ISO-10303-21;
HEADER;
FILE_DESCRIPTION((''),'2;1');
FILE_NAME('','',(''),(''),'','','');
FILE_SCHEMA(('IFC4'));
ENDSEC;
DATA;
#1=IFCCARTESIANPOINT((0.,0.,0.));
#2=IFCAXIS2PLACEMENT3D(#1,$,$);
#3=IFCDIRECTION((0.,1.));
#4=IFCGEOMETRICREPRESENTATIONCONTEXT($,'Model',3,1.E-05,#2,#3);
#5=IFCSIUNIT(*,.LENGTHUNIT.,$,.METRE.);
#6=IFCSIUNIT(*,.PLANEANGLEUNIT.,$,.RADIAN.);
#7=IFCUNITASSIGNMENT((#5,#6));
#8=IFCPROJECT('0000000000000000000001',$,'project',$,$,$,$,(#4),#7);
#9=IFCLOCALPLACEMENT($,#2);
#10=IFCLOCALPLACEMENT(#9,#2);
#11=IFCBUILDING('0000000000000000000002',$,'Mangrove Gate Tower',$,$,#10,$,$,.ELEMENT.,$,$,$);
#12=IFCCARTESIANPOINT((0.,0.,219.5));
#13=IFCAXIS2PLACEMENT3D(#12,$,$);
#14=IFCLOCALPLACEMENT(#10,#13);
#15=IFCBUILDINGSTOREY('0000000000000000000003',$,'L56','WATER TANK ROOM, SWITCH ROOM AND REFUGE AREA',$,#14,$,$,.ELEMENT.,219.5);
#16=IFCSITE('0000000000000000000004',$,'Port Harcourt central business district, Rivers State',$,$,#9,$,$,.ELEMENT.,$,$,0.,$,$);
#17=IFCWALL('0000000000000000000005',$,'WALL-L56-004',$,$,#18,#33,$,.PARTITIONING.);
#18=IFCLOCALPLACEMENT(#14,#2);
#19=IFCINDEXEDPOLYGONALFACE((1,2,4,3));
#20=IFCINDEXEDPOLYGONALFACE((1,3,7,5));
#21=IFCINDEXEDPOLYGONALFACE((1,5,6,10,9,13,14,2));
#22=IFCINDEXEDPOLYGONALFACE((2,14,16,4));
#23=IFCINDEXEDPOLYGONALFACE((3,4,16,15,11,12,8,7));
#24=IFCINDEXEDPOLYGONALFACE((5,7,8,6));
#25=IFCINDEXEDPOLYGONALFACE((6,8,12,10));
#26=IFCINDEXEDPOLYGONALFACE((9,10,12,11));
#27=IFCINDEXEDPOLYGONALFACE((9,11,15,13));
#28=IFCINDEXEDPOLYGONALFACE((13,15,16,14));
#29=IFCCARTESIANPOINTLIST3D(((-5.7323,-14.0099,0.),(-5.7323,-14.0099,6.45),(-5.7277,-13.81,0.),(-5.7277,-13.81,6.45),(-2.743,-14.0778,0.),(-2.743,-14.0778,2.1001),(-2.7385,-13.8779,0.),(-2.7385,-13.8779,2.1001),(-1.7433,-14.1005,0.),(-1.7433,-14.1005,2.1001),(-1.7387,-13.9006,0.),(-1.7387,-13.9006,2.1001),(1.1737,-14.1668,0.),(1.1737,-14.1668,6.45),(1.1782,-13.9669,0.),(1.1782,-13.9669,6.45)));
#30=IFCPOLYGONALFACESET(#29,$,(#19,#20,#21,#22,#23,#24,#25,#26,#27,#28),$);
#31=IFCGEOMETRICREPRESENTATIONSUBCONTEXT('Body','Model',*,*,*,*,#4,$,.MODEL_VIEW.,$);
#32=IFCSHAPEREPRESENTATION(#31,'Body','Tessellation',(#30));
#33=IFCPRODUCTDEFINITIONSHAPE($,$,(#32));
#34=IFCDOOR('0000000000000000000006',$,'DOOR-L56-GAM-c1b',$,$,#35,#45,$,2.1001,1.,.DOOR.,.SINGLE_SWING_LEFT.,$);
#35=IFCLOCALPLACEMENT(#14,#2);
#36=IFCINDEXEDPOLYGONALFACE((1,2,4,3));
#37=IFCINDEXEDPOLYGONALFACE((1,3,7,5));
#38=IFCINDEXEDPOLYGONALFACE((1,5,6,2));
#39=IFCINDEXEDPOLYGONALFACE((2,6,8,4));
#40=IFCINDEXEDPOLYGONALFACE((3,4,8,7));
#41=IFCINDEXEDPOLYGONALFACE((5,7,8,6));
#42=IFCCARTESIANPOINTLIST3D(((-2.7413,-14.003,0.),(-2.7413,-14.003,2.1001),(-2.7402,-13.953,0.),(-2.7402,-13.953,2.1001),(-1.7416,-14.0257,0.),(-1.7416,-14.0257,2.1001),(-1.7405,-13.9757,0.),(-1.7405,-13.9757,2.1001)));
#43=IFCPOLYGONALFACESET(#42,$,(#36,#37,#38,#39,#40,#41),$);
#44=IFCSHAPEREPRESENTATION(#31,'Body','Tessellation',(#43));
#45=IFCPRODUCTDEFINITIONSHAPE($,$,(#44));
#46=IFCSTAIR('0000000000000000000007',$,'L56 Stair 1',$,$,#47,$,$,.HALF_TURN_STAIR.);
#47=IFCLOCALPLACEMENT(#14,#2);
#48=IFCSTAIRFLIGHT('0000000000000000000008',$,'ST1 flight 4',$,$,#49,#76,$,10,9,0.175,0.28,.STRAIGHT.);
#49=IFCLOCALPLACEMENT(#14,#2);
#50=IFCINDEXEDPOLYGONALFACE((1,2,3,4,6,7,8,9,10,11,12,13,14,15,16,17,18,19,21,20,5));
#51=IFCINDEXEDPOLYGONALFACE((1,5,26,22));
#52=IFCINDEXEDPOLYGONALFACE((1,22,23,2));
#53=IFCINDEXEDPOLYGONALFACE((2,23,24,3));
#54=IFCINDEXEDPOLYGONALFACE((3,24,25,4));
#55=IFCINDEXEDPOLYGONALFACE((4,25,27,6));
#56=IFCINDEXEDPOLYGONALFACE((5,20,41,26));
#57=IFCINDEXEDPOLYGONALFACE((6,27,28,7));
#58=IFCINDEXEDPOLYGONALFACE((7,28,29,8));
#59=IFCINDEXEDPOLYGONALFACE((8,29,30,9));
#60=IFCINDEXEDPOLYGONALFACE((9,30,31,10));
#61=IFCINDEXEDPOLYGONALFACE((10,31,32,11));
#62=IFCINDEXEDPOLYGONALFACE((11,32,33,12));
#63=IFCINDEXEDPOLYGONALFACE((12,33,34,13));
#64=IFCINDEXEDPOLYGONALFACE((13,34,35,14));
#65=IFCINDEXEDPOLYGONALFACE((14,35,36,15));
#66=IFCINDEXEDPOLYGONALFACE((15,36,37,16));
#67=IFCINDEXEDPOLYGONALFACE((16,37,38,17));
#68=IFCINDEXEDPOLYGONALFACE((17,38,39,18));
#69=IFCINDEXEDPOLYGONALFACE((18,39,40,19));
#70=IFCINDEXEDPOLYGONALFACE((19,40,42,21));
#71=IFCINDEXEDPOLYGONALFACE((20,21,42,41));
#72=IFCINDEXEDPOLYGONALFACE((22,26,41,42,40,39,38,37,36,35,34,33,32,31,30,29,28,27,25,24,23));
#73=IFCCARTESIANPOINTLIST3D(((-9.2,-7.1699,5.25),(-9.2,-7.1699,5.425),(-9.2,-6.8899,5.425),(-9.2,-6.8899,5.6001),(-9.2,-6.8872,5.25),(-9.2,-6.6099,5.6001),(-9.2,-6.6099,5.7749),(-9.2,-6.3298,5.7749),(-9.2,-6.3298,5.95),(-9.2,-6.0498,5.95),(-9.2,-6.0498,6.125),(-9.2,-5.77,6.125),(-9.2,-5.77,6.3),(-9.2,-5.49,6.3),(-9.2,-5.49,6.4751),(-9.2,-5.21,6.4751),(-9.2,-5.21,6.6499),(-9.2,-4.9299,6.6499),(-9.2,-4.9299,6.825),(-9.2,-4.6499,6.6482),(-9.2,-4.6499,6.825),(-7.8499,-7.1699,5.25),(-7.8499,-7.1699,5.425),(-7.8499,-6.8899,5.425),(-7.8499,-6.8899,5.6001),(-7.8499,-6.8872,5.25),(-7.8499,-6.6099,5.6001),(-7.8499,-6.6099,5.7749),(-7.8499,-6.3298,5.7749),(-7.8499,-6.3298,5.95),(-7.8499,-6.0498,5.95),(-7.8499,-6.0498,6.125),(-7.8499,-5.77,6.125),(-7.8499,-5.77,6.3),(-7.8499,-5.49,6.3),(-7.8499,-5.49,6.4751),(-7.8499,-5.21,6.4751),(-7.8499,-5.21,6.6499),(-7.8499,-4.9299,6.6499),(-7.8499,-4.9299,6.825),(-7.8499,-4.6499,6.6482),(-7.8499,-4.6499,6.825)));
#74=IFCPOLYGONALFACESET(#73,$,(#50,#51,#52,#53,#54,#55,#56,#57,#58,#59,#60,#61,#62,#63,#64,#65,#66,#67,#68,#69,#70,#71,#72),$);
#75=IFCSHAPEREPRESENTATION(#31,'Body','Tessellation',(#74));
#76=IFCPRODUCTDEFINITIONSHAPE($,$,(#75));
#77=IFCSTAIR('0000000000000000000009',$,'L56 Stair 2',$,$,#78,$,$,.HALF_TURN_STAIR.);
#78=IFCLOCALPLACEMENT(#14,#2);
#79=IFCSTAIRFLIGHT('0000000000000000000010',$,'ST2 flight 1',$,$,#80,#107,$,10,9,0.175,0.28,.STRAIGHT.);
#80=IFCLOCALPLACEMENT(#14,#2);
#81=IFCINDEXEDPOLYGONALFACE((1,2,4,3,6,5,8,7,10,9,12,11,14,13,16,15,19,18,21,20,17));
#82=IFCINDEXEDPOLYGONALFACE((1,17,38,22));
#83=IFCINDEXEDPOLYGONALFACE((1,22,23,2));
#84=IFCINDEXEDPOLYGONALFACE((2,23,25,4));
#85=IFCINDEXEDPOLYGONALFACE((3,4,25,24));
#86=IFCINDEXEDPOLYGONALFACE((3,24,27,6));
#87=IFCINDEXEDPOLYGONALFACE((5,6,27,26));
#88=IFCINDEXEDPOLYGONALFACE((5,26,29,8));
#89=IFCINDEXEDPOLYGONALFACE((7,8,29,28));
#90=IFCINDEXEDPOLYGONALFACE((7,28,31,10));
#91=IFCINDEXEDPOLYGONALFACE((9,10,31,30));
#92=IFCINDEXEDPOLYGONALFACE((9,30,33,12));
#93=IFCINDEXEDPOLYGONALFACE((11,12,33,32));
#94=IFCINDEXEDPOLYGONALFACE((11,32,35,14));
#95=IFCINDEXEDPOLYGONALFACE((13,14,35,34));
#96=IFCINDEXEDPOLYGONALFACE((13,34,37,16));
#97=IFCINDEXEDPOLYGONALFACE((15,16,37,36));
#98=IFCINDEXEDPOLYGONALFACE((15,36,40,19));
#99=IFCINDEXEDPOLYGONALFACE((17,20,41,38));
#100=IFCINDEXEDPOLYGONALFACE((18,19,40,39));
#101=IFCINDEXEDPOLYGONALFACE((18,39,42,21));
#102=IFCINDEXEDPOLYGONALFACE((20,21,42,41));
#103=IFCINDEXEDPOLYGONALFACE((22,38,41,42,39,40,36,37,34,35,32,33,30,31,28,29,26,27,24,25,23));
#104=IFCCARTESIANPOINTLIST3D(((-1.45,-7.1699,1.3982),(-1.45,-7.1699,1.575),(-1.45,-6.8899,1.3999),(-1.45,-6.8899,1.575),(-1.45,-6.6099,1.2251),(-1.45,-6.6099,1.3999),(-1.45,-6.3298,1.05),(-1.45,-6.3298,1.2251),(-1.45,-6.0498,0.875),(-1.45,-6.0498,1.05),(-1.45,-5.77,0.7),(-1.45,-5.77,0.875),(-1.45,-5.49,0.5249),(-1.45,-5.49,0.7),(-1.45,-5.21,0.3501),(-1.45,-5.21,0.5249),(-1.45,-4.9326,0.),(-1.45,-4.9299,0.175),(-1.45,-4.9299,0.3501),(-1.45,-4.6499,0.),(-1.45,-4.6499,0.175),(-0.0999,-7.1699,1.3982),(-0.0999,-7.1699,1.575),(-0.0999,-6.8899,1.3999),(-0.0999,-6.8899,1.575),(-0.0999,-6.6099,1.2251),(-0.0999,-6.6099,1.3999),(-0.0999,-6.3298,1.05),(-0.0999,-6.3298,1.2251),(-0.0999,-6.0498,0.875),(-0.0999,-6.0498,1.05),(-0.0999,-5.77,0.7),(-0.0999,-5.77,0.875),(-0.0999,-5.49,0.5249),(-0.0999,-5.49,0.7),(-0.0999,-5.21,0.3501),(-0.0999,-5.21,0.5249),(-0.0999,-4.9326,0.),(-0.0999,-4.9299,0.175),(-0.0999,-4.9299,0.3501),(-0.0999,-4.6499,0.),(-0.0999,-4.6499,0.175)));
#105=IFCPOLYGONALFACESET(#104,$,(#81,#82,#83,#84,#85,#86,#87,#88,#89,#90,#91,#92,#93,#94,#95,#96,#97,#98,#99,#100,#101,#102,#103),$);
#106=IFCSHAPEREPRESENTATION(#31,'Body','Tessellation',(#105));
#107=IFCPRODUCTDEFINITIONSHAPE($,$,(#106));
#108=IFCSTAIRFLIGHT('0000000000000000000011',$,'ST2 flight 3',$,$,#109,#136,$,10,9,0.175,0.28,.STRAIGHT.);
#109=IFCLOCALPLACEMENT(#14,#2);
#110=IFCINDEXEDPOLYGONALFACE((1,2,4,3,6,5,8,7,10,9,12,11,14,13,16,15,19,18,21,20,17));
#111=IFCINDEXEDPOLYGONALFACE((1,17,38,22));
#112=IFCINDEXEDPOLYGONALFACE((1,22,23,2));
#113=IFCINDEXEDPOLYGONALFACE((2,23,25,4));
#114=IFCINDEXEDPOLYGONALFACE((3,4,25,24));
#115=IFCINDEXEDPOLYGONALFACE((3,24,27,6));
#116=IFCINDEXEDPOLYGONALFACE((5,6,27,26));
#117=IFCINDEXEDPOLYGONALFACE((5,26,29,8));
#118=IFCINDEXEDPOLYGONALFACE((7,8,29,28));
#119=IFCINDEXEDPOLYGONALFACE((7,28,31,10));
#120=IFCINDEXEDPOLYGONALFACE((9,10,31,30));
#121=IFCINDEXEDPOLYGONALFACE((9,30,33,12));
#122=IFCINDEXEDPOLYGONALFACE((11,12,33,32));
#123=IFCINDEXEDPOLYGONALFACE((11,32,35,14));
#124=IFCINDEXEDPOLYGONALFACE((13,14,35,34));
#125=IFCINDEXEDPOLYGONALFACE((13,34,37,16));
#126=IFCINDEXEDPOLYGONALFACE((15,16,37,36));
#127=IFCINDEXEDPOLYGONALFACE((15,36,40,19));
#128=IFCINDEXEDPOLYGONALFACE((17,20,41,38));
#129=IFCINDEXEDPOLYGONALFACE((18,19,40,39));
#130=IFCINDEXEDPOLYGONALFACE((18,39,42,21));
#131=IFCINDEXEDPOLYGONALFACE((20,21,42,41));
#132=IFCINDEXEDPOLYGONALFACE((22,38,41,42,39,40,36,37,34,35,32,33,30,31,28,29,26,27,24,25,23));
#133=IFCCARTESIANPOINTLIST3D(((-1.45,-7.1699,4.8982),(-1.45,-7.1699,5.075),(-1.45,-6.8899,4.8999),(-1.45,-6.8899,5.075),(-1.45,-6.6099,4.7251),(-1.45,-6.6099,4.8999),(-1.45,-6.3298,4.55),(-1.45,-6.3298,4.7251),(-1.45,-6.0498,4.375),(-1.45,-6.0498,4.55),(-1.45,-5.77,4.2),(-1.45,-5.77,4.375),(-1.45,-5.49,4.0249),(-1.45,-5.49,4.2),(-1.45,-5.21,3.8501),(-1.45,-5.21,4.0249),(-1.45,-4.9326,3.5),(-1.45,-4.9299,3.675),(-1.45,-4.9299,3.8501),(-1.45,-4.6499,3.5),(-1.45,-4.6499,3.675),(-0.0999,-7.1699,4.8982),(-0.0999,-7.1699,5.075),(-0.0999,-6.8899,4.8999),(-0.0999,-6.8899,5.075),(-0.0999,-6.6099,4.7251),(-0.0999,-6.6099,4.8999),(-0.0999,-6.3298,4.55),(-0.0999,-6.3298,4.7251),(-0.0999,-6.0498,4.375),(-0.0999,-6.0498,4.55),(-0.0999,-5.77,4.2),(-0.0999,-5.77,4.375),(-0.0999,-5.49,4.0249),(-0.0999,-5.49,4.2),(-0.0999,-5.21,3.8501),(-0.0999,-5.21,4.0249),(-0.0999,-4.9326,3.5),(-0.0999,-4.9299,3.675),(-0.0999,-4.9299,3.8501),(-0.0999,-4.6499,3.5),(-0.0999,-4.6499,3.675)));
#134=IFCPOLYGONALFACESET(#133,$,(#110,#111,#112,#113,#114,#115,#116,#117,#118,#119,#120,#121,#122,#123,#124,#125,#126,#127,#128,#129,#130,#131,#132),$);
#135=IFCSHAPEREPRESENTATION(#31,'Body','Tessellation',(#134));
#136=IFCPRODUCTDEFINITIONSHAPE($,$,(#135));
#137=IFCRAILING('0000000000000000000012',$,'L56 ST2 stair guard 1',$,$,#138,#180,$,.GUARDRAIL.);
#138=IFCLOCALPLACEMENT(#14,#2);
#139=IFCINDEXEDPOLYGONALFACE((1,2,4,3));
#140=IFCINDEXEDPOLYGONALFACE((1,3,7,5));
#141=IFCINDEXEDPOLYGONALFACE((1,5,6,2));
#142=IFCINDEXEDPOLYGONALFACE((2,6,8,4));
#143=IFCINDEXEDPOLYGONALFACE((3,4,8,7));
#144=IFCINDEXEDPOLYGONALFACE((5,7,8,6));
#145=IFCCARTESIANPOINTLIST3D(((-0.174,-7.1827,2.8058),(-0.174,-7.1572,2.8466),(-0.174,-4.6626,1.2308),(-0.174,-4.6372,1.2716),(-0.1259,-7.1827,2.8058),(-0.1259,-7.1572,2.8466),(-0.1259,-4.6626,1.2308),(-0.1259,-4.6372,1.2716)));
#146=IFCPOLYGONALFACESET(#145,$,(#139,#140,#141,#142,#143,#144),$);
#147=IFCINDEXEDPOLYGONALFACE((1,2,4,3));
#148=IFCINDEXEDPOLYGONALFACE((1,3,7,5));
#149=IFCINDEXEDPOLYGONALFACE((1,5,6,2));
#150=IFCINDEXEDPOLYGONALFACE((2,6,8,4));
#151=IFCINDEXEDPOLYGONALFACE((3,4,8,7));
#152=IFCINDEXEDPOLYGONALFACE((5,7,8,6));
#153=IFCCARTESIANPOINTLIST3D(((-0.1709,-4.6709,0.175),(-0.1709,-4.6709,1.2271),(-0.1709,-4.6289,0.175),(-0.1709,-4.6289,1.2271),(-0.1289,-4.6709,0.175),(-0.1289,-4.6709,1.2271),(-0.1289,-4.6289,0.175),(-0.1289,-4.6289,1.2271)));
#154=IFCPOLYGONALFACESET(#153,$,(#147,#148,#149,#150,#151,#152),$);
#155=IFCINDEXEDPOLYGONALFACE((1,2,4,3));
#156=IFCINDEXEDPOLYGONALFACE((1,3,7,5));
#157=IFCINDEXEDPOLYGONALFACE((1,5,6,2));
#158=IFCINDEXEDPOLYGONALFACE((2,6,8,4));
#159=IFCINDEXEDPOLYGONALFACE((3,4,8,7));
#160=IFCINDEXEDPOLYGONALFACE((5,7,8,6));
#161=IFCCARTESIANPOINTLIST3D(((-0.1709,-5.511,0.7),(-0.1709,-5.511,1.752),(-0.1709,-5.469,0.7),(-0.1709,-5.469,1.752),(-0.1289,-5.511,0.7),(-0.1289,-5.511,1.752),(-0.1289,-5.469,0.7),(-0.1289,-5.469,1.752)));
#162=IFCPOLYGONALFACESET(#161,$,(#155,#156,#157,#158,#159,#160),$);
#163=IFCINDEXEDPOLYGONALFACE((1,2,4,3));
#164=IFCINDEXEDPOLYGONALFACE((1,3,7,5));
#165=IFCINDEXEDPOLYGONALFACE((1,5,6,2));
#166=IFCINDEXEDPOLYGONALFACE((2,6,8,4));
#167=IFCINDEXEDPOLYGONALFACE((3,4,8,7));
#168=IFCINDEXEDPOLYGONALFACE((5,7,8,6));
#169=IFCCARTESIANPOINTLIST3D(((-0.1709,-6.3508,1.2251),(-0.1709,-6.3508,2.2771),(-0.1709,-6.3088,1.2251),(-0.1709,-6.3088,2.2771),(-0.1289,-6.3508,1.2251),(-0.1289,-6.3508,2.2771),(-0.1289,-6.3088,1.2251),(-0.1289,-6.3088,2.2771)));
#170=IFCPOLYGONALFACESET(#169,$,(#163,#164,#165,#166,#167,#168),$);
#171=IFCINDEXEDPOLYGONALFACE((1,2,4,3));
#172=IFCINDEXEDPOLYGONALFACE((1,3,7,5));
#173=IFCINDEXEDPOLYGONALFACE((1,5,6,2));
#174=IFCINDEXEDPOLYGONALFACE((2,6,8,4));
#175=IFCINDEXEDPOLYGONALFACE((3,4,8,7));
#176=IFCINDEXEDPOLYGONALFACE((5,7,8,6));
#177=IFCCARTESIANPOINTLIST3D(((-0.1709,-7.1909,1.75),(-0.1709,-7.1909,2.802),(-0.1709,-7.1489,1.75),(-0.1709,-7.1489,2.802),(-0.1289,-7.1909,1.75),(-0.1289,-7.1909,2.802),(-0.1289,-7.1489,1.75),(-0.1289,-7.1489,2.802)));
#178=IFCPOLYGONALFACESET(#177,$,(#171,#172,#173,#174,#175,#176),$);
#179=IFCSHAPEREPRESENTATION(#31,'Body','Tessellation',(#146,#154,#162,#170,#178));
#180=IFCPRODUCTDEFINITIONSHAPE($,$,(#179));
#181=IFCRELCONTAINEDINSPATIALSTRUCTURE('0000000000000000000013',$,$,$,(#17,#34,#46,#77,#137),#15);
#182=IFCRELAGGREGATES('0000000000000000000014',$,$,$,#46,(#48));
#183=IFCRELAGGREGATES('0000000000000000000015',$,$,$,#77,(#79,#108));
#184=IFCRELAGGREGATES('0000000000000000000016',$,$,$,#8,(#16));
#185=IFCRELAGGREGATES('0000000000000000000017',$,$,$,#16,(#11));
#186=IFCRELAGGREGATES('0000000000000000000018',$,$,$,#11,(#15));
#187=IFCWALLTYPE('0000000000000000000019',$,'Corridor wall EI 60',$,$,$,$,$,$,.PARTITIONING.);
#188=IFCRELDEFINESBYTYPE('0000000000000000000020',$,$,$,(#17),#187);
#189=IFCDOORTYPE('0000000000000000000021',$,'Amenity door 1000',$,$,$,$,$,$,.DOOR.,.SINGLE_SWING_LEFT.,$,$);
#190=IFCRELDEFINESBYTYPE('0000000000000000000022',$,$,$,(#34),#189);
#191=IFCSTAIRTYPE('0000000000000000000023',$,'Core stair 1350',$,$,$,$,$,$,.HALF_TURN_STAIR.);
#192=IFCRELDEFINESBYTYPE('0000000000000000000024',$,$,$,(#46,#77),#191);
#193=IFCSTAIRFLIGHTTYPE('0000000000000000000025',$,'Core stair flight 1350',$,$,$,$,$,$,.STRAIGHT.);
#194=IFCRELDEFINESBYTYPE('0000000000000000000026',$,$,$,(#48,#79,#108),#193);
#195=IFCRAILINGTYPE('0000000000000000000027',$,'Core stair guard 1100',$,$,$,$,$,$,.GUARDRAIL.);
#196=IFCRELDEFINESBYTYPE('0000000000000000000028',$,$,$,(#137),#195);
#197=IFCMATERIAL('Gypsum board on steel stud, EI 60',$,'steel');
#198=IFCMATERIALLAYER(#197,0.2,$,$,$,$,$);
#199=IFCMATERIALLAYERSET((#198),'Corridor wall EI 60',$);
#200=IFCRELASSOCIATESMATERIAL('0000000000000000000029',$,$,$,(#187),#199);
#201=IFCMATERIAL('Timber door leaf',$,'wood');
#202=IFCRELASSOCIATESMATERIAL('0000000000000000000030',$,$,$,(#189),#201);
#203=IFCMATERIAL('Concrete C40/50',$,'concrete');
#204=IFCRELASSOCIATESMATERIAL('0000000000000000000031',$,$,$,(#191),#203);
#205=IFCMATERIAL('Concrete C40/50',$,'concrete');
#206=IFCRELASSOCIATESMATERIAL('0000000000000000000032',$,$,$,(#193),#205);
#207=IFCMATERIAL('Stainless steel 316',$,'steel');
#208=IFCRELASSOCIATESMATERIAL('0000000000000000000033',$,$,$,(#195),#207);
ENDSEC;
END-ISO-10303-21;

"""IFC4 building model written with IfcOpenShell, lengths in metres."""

from ifc_helpers import new_model, si_unit, direction, frame, frame_2d, origin, origin_2d, place, context, subcontext, project, spatial, polyline, rectangle, outline, extrude, material, layer, layer_set, type_object, element, fill, aggregate, save


model = new_model("IFC4")

# Units and contexts
model_context = context("Model", 3, precision=1e-05, world=origin(), true_north=direction((0.0, 1.0)))
body_context = subcontext(model_context, "Body", "Model", "MODEL_VIEW")
ifc_project = project(units=[si_unit("LENGTHUNIT", "METRE"), si_unit("PLANEANGLEUNIT", "RADIAN")], contexts=[model_context])

# Site, building, storey
site_placement = place(None, origin())
site = spatial("IfcSite", under=ifc_project, at=site_placement, Name="Port Harcourt central business district, Rivers State", CompositionType="ELEMENT", RefElevation=0.0)
building_placement = place(site_placement, origin())
building = spatial("IfcBuilding", under=site, at=building_placement, Name="Mangrove Gate Tower", CompositionType="ELEMENT")
storey_placement = place(building_placement, frame((0.0, 0.0, 219.5)))
storey = spatial("IfcBuildingStorey", under=building, at=storey_placement, Name="L56", Description="WATER TANK ROOM, SWITCH ROOM AND REFUGE AREA", CompositionType="ELEMENT", Elevation=219.5)

# Wall, opening, door
ifc_material_1 = material(Name="Gypsum board on steel stud, EI 60", Category="steel")
ifc_layer_1 = layer(ifc_material_1, 0.2)
ifc_layer_set_1 = layer_set([ifc_layer_1], Name="Corridor wall EI 60")
wall_type_1 = type_object("IfcWallType", Name="Corridor wall EI 60", PredefinedType="PARTITIONING", material=ifc_layer_set_1)
wall_1_placement = place(storey_placement, frame((-5.73, -13.9099, 0.0), z_axis=(0.0, 0.0, 1.0), x_axis=(0.999742, -0.022725, 0.0)))
wall_1 = element("IfcWall", 1, at=wall_1_placement, inside=storey, type_object=wall_type_1, Name="WALL-L56-004", PredefinedType="PARTITIONING", context=body_context, shape_type="SweptSolid", body=[
    extrude(rectangle(XDim=6.9077, YDim=0.2, at=frame_2d((3.4539, 0.0))), origin(), (0.0, 0.0, 1.0), 6.45),
])
opening_1_placement = place(wall_1_placement, frame((2.99, 0.0, 0.0)))
opening_1 = element("IfcOpeningElement", 2, at=opening_1_placement, cuts=wall_1, PredefinedType="OPENING", context=body_context, shape_type="SweptSolid", body=[
    extrude(rectangle(XDim=1.0, YDim=2.1001, at=frame_2d((0.5, 1.05))), frame((0.0, 0.1099, 0.0), z_axis=(0.0, -1.0, 0.0), x_axis=(1.0, 0.0, 0.0)), (0.0, 0.0, 1.0), 0.22),
])
ifc_material_2 = material(Name="Timber door leaf", Category="wood")
door_type_1 = type_object("IfcDoorType", Name="Amenity door 1000", OperationType="SINGLE_SWING_LEFT", PredefinedType="DOOR", material=ifc_material_2)
door_1_placement = place(opening_1_placement, origin())
door_1 = element("IfcDoor", 3, at=door_1_placement, inside=storey, type_object=door_type_1, Name="DOOR-L56-GAM-c1b", OperationType="SINGLE_SWING_LEFT", OverallHeight=2.1001, OverallWidth=1.0, PredefinedType="DOOR", context=body_context, shape_type="SweptSolid", body=[
    extrude(rectangle(XDim=1.0, YDim=2.1001, at=frame_2d((0.5, 1.05))), frame((0.0, 0.0249, 0.0), z_axis=(0.0, -1.0, 0.0), x_axis=(1.0, 0.0, 0.0)), (0.0, 0.0, 1.0), 0.05),
])
fill(opening_1, door_1)

# Stair, stair flight
ifc_material_3 = material(Name="Concrete C40/50", Category="concrete")
stair_type = type_object("IfcStairType", Name="Core stair 1350", PredefinedType="HALF_TURN_STAIR", material=ifc_material_3)
stair_1_placement = place(storey_placement, origin())
stair_1 = element("IfcStair", 4, at=stair_1_placement, inside=storey, type_object=stair_type, Name="L56 Stair 1", PredefinedType="HALF_TURN_STAIR")
ifc_material_4 = material(Name="Concrete C40/50", Category="concrete")
stair_flight_type = type_object("IfcStairFlightType", Name="Core stair flight 1350", PredefinedType="STRAIGHT", material=ifc_material_4)
stair_flight_1_placement = place(storey_placement, frame((-8.5249, -7.1699, 5.25), z_axis=(0.0, 0.0, 1.0), x_axis=(0.0, 1.0, 0.0)))
stair_flight_1 = element("IfcStairFlight", 5, at=stair_flight_1_placement, type_object=stair_flight_type, Name="ST1 flight 4", NumberOfRisers=10, NumberOfTreads=9, PredefinedType="STRAIGHT", RiserHeight=0.175, TreadLength=0.28, context=body_context, shape_type="SweptSolid", body=[
    extrude(outline(polyline([(0.0, 0.0), (0.0, 0.175), (0.28, 0.175), (0.28, 0.3501), (0.5601, 0.3501), (0.5601, 0.5249), (0.8401, 0.5249), (0.8401, 0.7), (1.1201, 0.7), (1.1201, 0.875), (1.3999, 0.875), (1.3999, 1.05), (1.6799, 1.05), (1.6799, 1.2251), (1.96, 1.2251), (1.96, 1.3999), (2.24, 1.3999), (2.24, 1.575), (2.52, 1.575), (2.52, 1.75), (2.52, 1.3982), (0.2827, 0.0), (0.0, 0.0)])), frame((0.0, 0.675, 0.0), z_axis=(0.0, -1.0, 0.0), x_axis=(1.0, 0.0, 0.0)), (0.0, 0.0, 1.0), 1.3501),
])
aggregate(stair_1, [stair_flight_1])

# Stair, stair flights
stair_2_placement = place(storey_placement, origin())
stair_2 = element("IfcStair", 6, at=stair_2_placement, inside=storey, type_object=stair_type, Name="L56 Stair 2", PredefinedType="HALF_TURN_STAIR")
stair_flight_2_placement = place(storey_placement, frame((-0.7749, -4.6499, 0.0), z_axis=(0.0, 0.0, 1.0), x_axis=(0.0, -1.0, 0.0)))
stair_flight_2 = element("IfcStairFlight", 7, at=stair_flight_2_placement, type_object=stair_flight_type, Name="ST2 flight 1", NumberOfRisers=10, NumberOfTreads=9, PredefinedType="STRAIGHT", RiserHeight=0.175, TreadLength=0.28, context=body_context, shape_type="SweptSolid", body=[
    extrude(outline(polyline([(0.0, 0.0), (0.0, 0.175), (0.28, 0.175), (0.28, 0.3501), (0.5601, 0.3501), (0.5601, 0.5249), (0.8401, 0.5249), (0.8401, 0.7), (1.1201, 0.7), (1.1201, 0.875), (1.3999, 0.875), (1.3999, 1.05), (1.6799, 1.05), (1.6799, 1.2251), (1.96, 1.2251), (1.96, 1.3999), (2.24, 1.3999), (2.24, 1.575), (2.52, 1.575), (2.52, 1.75), (2.52, 1.3982), (0.2827, 0.0), (0.0, 0.0)])), frame((0.0, 0.675, 0.0), z_axis=(0.0, -1.0, 0.0), x_axis=(1.0, 0.0, 0.0)), (0.0, 0.0, 1.0), 1.3501),
])
stair_flight_3_placement = place(storey_placement, frame((-0.7749, -4.6499, 3.5), z_axis=(0.0, 0.0, 1.0), x_axis=(0.0, -1.0, 0.0)))
stair_flight_3 = element("IfcStairFlight", 8, at=stair_flight_3_placement, type_object=stair_flight_type, Name="ST2 flight 3", NumberOfRisers=10, NumberOfTreads=9, PredefinedType="STRAIGHT", RiserHeight=0.175, TreadLength=0.28, context=body_context, shape_type="SweptSolid", body=[
    extrude(outline(polyline([(0.0, 0.0), (0.0, 0.175), (0.28, 0.175), (0.28, 0.3501), (0.5601, 0.3501), (0.5601, 0.5249), (0.8401, 0.5249), (0.8401, 0.7), (1.1201, 0.7), (1.1201, 0.875), (1.3999, 0.875), (1.3999, 1.05), (1.6799, 1.05), (1.6799, 1.2251), (1.96, 1.2251), (1.96, 1.3999), (2.24, 1.3999), (2.24, 1.575), (2.52, 1.575), (2.52, 1.75), (2.52, 1.3982), (0.2827, 0.0), (0.0, 0.0)])), frame((0.0, 0.675, 0.0), z_axis=(0.0, -1.0, 0.0), x_axis=(1.0, 0.0, 0.0)), (0.0, 0.0, 1.0), 1.3501),
])
aggregate(stair_2, [stair_flight_2, stair_flight_3])

# Railing
ifc_material_5 = material(Name="Stainless steel 316", Category="steel")
railing_type_1 = type_object("IfcRailingType", Name="Core stair guard 1100", PredefinedType="GUARDRAIL", material=ifc_material_5)
railing_1_placement = place(storey_placement, frame((-0.1499, -4.6499, 0.175)))
element("IfcRailing", 9, at=railing_1_placement, inside=storey, type_object=railing_type_1, Name="L56 ST2 stair guard 1", PredefinedType="GUARDRAIL", context=body_context, shape_type="SweptSolid", body=[
    extrude(rectangle(XDim=0.0481, YDim=0.0481, at=origin_2d()), frame((0.0, 0.0, 1.0762), z_axis=(0.0, -0.848008, 0.529984), x_axis=(1.0, 0.0, 0.0)), (0.0, 0.0, 1.0), 2.9717),
    extrude(rectangle(XDim=0.042, YDim=0.042, at=origin_2d()), origin(), (0.0, 0.0, 1.0), 1.052),
    extrude(rectangle(XDim=0.042, YDim=0.042, at=origin_2d()), frame((0.0, -0.8401, 0.5249)), (0.0, 0.0, 1.0), 1.052),
    extrude(rectangle(XDim=0.042, YDim=0.042, at=origin_2d()), frame((0.0, -1.6799, 1.05)), (0.0, 0.0, 1.0), 1.052),
    extrude(rectangle(XDim=0.042, YDim=0.042, at=origin_2d()), frame((0.0, -2.52, 1.575)), (0.0, 0.0, 1.0), 1.052),
])

save(model, "model.ifc")
